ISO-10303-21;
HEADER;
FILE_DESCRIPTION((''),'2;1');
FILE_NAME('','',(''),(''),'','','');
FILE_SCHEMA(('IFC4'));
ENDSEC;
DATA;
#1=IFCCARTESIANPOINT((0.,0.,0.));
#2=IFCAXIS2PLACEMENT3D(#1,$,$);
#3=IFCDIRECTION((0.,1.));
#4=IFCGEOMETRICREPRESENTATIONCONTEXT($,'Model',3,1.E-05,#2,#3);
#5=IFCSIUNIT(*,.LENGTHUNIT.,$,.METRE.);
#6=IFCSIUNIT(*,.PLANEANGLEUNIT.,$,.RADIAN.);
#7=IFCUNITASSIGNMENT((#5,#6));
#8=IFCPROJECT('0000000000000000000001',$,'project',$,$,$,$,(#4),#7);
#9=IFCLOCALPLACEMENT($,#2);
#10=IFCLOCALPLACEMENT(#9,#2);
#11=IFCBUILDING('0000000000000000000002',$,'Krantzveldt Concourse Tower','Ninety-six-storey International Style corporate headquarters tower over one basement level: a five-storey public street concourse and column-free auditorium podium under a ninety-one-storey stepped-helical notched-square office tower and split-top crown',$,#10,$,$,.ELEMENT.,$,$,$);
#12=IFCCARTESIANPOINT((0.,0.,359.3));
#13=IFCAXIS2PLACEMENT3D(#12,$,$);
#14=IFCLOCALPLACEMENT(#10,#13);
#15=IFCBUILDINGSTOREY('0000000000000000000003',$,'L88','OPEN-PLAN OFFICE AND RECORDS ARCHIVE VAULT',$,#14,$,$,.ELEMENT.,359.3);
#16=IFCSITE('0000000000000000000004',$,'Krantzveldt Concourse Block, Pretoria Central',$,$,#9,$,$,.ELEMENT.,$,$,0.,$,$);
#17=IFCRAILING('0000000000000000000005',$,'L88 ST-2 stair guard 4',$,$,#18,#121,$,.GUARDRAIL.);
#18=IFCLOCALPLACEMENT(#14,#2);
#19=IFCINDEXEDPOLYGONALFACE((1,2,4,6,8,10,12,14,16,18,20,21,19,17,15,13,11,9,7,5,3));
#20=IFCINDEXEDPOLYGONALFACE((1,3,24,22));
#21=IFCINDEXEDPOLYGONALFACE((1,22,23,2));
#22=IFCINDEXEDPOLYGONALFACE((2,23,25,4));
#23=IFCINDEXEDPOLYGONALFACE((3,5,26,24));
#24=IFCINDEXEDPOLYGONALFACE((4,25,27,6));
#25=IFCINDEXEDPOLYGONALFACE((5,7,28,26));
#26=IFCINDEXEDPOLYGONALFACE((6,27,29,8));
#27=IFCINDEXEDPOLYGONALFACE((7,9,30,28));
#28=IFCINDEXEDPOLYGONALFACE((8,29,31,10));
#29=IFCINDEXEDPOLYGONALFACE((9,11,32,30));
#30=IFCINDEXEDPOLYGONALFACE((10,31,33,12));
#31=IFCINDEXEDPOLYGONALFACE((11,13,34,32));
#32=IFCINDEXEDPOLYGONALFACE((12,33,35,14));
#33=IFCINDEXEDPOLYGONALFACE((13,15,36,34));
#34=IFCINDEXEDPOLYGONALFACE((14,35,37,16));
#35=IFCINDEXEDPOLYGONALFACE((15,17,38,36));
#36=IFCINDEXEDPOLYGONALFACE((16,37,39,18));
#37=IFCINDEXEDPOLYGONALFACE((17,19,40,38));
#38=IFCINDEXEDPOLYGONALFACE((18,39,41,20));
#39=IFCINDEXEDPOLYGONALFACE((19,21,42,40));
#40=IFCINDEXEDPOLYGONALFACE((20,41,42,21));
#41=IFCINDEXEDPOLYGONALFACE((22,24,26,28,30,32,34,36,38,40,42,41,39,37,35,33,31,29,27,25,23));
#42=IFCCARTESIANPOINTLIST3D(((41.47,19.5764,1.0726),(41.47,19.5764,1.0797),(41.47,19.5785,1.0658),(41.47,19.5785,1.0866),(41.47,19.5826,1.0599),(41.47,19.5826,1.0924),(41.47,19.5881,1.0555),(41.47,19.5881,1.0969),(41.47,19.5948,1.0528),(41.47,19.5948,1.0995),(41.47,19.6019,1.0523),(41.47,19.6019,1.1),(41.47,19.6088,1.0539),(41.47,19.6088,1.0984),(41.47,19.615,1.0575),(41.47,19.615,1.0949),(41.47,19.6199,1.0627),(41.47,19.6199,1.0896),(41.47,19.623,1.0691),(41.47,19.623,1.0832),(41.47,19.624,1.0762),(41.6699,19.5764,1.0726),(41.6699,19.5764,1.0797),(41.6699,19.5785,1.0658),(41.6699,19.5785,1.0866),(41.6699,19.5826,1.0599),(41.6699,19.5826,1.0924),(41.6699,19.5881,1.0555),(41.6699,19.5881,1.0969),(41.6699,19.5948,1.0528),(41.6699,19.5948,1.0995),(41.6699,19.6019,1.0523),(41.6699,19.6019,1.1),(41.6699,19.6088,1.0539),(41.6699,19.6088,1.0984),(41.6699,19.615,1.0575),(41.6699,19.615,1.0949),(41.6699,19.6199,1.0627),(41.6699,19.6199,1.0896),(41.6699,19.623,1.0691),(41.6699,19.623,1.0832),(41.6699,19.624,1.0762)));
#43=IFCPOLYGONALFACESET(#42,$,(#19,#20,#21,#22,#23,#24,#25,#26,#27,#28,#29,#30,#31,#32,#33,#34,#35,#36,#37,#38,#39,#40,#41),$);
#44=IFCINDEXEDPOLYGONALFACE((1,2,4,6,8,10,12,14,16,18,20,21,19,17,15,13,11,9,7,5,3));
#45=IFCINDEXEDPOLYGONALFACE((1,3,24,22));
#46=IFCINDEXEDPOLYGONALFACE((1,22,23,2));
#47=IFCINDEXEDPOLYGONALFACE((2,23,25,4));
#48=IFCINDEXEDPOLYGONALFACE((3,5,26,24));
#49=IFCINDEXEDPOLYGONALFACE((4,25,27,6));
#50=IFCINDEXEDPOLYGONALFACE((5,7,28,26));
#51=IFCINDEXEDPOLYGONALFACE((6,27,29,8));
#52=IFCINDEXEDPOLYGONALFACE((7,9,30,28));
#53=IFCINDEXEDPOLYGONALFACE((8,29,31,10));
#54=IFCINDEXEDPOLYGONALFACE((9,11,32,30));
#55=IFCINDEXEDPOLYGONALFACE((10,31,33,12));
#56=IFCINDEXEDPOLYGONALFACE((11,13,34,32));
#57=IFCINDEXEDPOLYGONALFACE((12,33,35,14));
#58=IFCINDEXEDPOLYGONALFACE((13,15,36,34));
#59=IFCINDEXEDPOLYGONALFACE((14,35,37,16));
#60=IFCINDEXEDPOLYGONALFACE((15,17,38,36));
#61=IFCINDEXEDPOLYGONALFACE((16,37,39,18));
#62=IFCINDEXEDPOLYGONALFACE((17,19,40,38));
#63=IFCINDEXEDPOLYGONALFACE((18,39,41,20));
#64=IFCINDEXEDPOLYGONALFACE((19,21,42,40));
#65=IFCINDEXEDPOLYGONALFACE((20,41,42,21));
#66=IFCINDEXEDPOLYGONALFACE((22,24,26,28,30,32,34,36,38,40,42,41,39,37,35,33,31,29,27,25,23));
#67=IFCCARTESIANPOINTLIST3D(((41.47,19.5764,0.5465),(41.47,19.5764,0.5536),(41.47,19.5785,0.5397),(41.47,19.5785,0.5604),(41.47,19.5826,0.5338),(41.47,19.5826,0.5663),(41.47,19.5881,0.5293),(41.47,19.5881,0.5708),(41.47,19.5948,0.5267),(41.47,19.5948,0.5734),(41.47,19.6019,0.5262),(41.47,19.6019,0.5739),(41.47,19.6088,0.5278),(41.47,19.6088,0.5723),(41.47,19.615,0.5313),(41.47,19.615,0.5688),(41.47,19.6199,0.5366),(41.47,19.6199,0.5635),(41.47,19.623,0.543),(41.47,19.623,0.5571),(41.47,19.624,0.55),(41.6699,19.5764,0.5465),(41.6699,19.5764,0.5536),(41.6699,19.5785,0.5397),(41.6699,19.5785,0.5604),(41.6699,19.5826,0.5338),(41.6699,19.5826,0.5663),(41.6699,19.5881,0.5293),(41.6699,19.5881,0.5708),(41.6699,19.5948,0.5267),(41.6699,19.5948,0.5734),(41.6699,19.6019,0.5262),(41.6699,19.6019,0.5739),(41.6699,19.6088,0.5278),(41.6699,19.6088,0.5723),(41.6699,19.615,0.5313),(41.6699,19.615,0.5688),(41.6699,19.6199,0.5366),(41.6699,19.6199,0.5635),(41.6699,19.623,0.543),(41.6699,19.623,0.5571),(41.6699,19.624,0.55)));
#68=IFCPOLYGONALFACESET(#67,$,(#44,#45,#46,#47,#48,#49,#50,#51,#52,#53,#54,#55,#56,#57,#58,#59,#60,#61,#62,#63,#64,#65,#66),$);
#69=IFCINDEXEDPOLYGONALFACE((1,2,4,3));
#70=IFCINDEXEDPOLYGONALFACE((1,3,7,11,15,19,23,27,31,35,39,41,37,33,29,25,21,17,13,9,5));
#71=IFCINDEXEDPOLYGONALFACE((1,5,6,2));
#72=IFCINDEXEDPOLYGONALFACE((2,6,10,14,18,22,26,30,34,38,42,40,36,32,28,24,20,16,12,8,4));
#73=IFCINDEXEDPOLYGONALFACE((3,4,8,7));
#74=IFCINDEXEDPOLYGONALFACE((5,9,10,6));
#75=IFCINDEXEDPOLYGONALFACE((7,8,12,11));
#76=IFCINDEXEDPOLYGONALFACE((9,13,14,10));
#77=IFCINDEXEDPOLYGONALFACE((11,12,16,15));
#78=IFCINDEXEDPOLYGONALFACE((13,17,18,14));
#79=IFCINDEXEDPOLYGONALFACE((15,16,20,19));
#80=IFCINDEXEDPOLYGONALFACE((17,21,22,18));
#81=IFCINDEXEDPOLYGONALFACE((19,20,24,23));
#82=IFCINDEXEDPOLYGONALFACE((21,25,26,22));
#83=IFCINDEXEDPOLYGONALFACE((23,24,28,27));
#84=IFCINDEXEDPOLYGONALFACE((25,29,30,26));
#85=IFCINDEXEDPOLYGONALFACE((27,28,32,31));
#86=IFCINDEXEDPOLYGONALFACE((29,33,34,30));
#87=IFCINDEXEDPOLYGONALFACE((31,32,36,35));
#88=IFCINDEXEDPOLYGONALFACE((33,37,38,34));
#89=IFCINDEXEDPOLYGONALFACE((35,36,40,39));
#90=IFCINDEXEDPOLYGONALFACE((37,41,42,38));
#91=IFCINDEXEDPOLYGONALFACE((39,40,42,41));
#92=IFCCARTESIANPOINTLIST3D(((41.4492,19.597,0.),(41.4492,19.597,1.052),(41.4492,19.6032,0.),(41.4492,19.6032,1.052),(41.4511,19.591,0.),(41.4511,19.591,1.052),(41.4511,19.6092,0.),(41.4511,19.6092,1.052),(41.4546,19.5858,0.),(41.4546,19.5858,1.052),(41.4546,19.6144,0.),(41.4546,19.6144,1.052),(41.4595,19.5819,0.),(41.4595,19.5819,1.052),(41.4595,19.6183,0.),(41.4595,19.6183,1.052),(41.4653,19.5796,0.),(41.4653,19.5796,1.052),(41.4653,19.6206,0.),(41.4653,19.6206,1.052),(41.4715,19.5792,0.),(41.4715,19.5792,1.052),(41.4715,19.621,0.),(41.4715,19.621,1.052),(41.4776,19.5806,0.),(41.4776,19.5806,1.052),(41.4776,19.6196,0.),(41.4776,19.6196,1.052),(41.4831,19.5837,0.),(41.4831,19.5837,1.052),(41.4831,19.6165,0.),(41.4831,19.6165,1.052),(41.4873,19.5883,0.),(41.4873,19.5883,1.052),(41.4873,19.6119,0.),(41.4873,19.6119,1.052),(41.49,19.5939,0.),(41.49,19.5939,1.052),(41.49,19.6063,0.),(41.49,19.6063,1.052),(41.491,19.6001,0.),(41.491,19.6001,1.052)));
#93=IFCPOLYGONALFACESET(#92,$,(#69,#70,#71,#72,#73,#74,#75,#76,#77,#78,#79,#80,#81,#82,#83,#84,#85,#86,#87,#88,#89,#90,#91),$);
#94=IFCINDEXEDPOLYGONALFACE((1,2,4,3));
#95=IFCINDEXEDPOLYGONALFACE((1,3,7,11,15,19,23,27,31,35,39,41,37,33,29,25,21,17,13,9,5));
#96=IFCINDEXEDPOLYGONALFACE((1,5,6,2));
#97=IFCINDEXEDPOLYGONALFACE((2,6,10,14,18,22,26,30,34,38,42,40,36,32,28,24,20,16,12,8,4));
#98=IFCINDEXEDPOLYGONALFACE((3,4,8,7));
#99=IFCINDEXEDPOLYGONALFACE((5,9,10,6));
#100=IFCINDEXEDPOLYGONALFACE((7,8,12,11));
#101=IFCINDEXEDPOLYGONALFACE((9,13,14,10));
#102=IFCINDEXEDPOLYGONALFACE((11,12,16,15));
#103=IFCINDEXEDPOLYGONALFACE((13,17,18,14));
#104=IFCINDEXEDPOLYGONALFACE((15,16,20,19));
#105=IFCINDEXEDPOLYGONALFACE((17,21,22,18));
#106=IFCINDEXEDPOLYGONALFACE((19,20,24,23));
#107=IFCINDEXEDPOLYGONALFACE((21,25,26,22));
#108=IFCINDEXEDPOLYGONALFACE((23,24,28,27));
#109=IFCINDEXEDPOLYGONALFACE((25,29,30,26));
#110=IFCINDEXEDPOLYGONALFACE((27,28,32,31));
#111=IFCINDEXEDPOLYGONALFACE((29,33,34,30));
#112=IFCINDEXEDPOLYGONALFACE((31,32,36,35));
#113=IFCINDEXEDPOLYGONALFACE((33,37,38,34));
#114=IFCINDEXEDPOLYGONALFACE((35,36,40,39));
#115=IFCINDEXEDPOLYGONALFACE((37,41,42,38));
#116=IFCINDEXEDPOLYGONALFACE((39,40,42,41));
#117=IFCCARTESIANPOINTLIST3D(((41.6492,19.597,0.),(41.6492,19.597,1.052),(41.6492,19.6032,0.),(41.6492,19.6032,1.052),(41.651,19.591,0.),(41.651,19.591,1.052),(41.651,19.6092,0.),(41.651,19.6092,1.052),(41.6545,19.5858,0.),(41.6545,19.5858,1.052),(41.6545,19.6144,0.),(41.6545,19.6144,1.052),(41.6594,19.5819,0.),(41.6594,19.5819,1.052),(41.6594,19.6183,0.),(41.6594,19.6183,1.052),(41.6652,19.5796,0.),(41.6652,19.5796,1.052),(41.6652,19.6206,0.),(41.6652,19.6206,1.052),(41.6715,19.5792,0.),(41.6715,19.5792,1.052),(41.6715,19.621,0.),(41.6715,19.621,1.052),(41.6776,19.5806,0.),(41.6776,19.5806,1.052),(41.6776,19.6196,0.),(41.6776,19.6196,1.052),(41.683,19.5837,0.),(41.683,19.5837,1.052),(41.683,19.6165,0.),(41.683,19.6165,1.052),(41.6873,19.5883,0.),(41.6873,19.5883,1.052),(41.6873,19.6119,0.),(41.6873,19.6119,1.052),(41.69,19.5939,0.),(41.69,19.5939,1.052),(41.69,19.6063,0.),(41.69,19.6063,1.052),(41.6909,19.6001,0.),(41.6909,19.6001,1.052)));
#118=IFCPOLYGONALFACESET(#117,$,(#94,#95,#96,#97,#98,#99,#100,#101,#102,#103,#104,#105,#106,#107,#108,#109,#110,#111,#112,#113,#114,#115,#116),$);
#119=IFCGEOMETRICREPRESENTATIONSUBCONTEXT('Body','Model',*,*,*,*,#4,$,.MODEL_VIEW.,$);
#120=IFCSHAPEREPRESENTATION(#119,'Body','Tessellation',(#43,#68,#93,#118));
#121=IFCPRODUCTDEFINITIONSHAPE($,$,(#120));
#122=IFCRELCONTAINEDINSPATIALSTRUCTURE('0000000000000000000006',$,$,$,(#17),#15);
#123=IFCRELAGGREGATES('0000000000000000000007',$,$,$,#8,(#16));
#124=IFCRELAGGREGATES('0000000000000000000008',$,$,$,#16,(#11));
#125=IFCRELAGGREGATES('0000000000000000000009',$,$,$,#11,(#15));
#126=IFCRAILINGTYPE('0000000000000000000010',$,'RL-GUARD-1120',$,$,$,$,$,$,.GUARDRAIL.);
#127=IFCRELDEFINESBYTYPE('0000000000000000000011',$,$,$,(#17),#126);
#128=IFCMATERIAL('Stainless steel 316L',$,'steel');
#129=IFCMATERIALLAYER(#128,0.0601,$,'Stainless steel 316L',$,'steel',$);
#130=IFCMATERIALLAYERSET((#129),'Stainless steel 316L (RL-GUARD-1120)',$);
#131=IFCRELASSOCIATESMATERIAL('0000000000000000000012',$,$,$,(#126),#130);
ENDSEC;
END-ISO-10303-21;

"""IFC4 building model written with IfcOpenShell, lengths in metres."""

from ifc_helpers import new_model, si_unit, direction, frame, origin, origin_2d, place, context, subcontext, project, spatial, circle, extrude, material, layer, layer_set, type_object, element, save


model = new_model("IFC4")

# Units and contexts
model_context = context("Model", 3, precision=1e-05, world=origin(), true_north=direction((0.0, 1.0)))
body_context = subcontext(model_context, "Body", "Model", "MODEL_VIEW")
ifc_project = project(units=[si_unit("LENGTHUNIT", "METRE"), si_unit("PLANEANGLEUNIT", "RADIAN")], contexts=[model_context])

# Site, building, storey
site_placement = place(None, origin())
site = spatial("IfcSite", under=ifc_project, at=site_placement, Name="Krantzveldt Concourse Block, Pretoria Central", CompositionType="ELEMENT", RefElevation=0.0)
building_placement = place(site_placement, origin())
building = spatial("IfcBuilding", under=site, at=building_placement, Name="Krantzveldt Concourse Tower", Description="Ninety-six-storey International Style corporate headquarters tower over one basement level: a five-storey public street concourse and column-free auditorium podium under a ninety-one-storey stepped-helical notched-square office tower and split-top crown", CompositionType="ELEMENT")
storey_placement = place(building_placement, frame((0.0, 0.0, 359.3)))
storey = spatial("IfcBuildingStorey", under=building, at=storey_placement, Name="L88", Description="OPEN-PLAN OFFICE AND RECORDS ARCHIVE VAULT", CompositionType="ELEMENT", Elevation=359.3)

# Shared definitions
ifc_material_1 = material(Name="Stainless steel 316L", Category="steel")

# Railing
ifc_layer_1 = layer(ifc_material_1, 0.0601, Name="Stainless steel 316L", Category="steel")
ifc_layer_set_1 = layer_set([ifc_layer_1], Name="Stainless steel 316L (RL-GUARD-1120)")
railing_type_1 = type_object("IfcRailingType", Name="RL-GUARD-1120", PredefinedType="GUARDRAIL", material=ifc_layer_set_1)
for number, where, name in (
    (1, (41.47, 19.6001, 0.0), "L88 ST-2 stair guard 4"),
):
    element("IfcRailing", number, at=place(storey_placement, frame(where)), inside=storey, type_object=railing_type_1, Name=name, PredefinedType="GUARDRAIL", context=body_context, shape_type="SweptSolid", body=[
        extrude(circle(Radius=0.0239, at=origin_2d()), frame((0.0, 0.0, 1.0762), z_axis=(1.0, 0.0, 0.0), x_axis=(0.0, 1.0, 0.0)), (0.0, 0.0, 1.0), 0.2),
        extrude(circle(Radius=0.0239, at=origin_2d()), frame((0.0, 0.0, 0.55), z_axis=(1.0, 0.0, 0.0), x_axis=(0.0, 1.0, 0.0)), (0.0, 0.0, 1.0), 0.2),
        extrude(circle(Radius=0.021, at=origin_2d()), origin(), (0.0, 0.0, 1.0), 1.052),
        extrude(circle(Radius=0.021, at=origin_2d()), frame((0.2, 0.0, 0.0)), (0.0, 0.0, 1.0), 1.052),
    ])

save(model, "model.ifc")
